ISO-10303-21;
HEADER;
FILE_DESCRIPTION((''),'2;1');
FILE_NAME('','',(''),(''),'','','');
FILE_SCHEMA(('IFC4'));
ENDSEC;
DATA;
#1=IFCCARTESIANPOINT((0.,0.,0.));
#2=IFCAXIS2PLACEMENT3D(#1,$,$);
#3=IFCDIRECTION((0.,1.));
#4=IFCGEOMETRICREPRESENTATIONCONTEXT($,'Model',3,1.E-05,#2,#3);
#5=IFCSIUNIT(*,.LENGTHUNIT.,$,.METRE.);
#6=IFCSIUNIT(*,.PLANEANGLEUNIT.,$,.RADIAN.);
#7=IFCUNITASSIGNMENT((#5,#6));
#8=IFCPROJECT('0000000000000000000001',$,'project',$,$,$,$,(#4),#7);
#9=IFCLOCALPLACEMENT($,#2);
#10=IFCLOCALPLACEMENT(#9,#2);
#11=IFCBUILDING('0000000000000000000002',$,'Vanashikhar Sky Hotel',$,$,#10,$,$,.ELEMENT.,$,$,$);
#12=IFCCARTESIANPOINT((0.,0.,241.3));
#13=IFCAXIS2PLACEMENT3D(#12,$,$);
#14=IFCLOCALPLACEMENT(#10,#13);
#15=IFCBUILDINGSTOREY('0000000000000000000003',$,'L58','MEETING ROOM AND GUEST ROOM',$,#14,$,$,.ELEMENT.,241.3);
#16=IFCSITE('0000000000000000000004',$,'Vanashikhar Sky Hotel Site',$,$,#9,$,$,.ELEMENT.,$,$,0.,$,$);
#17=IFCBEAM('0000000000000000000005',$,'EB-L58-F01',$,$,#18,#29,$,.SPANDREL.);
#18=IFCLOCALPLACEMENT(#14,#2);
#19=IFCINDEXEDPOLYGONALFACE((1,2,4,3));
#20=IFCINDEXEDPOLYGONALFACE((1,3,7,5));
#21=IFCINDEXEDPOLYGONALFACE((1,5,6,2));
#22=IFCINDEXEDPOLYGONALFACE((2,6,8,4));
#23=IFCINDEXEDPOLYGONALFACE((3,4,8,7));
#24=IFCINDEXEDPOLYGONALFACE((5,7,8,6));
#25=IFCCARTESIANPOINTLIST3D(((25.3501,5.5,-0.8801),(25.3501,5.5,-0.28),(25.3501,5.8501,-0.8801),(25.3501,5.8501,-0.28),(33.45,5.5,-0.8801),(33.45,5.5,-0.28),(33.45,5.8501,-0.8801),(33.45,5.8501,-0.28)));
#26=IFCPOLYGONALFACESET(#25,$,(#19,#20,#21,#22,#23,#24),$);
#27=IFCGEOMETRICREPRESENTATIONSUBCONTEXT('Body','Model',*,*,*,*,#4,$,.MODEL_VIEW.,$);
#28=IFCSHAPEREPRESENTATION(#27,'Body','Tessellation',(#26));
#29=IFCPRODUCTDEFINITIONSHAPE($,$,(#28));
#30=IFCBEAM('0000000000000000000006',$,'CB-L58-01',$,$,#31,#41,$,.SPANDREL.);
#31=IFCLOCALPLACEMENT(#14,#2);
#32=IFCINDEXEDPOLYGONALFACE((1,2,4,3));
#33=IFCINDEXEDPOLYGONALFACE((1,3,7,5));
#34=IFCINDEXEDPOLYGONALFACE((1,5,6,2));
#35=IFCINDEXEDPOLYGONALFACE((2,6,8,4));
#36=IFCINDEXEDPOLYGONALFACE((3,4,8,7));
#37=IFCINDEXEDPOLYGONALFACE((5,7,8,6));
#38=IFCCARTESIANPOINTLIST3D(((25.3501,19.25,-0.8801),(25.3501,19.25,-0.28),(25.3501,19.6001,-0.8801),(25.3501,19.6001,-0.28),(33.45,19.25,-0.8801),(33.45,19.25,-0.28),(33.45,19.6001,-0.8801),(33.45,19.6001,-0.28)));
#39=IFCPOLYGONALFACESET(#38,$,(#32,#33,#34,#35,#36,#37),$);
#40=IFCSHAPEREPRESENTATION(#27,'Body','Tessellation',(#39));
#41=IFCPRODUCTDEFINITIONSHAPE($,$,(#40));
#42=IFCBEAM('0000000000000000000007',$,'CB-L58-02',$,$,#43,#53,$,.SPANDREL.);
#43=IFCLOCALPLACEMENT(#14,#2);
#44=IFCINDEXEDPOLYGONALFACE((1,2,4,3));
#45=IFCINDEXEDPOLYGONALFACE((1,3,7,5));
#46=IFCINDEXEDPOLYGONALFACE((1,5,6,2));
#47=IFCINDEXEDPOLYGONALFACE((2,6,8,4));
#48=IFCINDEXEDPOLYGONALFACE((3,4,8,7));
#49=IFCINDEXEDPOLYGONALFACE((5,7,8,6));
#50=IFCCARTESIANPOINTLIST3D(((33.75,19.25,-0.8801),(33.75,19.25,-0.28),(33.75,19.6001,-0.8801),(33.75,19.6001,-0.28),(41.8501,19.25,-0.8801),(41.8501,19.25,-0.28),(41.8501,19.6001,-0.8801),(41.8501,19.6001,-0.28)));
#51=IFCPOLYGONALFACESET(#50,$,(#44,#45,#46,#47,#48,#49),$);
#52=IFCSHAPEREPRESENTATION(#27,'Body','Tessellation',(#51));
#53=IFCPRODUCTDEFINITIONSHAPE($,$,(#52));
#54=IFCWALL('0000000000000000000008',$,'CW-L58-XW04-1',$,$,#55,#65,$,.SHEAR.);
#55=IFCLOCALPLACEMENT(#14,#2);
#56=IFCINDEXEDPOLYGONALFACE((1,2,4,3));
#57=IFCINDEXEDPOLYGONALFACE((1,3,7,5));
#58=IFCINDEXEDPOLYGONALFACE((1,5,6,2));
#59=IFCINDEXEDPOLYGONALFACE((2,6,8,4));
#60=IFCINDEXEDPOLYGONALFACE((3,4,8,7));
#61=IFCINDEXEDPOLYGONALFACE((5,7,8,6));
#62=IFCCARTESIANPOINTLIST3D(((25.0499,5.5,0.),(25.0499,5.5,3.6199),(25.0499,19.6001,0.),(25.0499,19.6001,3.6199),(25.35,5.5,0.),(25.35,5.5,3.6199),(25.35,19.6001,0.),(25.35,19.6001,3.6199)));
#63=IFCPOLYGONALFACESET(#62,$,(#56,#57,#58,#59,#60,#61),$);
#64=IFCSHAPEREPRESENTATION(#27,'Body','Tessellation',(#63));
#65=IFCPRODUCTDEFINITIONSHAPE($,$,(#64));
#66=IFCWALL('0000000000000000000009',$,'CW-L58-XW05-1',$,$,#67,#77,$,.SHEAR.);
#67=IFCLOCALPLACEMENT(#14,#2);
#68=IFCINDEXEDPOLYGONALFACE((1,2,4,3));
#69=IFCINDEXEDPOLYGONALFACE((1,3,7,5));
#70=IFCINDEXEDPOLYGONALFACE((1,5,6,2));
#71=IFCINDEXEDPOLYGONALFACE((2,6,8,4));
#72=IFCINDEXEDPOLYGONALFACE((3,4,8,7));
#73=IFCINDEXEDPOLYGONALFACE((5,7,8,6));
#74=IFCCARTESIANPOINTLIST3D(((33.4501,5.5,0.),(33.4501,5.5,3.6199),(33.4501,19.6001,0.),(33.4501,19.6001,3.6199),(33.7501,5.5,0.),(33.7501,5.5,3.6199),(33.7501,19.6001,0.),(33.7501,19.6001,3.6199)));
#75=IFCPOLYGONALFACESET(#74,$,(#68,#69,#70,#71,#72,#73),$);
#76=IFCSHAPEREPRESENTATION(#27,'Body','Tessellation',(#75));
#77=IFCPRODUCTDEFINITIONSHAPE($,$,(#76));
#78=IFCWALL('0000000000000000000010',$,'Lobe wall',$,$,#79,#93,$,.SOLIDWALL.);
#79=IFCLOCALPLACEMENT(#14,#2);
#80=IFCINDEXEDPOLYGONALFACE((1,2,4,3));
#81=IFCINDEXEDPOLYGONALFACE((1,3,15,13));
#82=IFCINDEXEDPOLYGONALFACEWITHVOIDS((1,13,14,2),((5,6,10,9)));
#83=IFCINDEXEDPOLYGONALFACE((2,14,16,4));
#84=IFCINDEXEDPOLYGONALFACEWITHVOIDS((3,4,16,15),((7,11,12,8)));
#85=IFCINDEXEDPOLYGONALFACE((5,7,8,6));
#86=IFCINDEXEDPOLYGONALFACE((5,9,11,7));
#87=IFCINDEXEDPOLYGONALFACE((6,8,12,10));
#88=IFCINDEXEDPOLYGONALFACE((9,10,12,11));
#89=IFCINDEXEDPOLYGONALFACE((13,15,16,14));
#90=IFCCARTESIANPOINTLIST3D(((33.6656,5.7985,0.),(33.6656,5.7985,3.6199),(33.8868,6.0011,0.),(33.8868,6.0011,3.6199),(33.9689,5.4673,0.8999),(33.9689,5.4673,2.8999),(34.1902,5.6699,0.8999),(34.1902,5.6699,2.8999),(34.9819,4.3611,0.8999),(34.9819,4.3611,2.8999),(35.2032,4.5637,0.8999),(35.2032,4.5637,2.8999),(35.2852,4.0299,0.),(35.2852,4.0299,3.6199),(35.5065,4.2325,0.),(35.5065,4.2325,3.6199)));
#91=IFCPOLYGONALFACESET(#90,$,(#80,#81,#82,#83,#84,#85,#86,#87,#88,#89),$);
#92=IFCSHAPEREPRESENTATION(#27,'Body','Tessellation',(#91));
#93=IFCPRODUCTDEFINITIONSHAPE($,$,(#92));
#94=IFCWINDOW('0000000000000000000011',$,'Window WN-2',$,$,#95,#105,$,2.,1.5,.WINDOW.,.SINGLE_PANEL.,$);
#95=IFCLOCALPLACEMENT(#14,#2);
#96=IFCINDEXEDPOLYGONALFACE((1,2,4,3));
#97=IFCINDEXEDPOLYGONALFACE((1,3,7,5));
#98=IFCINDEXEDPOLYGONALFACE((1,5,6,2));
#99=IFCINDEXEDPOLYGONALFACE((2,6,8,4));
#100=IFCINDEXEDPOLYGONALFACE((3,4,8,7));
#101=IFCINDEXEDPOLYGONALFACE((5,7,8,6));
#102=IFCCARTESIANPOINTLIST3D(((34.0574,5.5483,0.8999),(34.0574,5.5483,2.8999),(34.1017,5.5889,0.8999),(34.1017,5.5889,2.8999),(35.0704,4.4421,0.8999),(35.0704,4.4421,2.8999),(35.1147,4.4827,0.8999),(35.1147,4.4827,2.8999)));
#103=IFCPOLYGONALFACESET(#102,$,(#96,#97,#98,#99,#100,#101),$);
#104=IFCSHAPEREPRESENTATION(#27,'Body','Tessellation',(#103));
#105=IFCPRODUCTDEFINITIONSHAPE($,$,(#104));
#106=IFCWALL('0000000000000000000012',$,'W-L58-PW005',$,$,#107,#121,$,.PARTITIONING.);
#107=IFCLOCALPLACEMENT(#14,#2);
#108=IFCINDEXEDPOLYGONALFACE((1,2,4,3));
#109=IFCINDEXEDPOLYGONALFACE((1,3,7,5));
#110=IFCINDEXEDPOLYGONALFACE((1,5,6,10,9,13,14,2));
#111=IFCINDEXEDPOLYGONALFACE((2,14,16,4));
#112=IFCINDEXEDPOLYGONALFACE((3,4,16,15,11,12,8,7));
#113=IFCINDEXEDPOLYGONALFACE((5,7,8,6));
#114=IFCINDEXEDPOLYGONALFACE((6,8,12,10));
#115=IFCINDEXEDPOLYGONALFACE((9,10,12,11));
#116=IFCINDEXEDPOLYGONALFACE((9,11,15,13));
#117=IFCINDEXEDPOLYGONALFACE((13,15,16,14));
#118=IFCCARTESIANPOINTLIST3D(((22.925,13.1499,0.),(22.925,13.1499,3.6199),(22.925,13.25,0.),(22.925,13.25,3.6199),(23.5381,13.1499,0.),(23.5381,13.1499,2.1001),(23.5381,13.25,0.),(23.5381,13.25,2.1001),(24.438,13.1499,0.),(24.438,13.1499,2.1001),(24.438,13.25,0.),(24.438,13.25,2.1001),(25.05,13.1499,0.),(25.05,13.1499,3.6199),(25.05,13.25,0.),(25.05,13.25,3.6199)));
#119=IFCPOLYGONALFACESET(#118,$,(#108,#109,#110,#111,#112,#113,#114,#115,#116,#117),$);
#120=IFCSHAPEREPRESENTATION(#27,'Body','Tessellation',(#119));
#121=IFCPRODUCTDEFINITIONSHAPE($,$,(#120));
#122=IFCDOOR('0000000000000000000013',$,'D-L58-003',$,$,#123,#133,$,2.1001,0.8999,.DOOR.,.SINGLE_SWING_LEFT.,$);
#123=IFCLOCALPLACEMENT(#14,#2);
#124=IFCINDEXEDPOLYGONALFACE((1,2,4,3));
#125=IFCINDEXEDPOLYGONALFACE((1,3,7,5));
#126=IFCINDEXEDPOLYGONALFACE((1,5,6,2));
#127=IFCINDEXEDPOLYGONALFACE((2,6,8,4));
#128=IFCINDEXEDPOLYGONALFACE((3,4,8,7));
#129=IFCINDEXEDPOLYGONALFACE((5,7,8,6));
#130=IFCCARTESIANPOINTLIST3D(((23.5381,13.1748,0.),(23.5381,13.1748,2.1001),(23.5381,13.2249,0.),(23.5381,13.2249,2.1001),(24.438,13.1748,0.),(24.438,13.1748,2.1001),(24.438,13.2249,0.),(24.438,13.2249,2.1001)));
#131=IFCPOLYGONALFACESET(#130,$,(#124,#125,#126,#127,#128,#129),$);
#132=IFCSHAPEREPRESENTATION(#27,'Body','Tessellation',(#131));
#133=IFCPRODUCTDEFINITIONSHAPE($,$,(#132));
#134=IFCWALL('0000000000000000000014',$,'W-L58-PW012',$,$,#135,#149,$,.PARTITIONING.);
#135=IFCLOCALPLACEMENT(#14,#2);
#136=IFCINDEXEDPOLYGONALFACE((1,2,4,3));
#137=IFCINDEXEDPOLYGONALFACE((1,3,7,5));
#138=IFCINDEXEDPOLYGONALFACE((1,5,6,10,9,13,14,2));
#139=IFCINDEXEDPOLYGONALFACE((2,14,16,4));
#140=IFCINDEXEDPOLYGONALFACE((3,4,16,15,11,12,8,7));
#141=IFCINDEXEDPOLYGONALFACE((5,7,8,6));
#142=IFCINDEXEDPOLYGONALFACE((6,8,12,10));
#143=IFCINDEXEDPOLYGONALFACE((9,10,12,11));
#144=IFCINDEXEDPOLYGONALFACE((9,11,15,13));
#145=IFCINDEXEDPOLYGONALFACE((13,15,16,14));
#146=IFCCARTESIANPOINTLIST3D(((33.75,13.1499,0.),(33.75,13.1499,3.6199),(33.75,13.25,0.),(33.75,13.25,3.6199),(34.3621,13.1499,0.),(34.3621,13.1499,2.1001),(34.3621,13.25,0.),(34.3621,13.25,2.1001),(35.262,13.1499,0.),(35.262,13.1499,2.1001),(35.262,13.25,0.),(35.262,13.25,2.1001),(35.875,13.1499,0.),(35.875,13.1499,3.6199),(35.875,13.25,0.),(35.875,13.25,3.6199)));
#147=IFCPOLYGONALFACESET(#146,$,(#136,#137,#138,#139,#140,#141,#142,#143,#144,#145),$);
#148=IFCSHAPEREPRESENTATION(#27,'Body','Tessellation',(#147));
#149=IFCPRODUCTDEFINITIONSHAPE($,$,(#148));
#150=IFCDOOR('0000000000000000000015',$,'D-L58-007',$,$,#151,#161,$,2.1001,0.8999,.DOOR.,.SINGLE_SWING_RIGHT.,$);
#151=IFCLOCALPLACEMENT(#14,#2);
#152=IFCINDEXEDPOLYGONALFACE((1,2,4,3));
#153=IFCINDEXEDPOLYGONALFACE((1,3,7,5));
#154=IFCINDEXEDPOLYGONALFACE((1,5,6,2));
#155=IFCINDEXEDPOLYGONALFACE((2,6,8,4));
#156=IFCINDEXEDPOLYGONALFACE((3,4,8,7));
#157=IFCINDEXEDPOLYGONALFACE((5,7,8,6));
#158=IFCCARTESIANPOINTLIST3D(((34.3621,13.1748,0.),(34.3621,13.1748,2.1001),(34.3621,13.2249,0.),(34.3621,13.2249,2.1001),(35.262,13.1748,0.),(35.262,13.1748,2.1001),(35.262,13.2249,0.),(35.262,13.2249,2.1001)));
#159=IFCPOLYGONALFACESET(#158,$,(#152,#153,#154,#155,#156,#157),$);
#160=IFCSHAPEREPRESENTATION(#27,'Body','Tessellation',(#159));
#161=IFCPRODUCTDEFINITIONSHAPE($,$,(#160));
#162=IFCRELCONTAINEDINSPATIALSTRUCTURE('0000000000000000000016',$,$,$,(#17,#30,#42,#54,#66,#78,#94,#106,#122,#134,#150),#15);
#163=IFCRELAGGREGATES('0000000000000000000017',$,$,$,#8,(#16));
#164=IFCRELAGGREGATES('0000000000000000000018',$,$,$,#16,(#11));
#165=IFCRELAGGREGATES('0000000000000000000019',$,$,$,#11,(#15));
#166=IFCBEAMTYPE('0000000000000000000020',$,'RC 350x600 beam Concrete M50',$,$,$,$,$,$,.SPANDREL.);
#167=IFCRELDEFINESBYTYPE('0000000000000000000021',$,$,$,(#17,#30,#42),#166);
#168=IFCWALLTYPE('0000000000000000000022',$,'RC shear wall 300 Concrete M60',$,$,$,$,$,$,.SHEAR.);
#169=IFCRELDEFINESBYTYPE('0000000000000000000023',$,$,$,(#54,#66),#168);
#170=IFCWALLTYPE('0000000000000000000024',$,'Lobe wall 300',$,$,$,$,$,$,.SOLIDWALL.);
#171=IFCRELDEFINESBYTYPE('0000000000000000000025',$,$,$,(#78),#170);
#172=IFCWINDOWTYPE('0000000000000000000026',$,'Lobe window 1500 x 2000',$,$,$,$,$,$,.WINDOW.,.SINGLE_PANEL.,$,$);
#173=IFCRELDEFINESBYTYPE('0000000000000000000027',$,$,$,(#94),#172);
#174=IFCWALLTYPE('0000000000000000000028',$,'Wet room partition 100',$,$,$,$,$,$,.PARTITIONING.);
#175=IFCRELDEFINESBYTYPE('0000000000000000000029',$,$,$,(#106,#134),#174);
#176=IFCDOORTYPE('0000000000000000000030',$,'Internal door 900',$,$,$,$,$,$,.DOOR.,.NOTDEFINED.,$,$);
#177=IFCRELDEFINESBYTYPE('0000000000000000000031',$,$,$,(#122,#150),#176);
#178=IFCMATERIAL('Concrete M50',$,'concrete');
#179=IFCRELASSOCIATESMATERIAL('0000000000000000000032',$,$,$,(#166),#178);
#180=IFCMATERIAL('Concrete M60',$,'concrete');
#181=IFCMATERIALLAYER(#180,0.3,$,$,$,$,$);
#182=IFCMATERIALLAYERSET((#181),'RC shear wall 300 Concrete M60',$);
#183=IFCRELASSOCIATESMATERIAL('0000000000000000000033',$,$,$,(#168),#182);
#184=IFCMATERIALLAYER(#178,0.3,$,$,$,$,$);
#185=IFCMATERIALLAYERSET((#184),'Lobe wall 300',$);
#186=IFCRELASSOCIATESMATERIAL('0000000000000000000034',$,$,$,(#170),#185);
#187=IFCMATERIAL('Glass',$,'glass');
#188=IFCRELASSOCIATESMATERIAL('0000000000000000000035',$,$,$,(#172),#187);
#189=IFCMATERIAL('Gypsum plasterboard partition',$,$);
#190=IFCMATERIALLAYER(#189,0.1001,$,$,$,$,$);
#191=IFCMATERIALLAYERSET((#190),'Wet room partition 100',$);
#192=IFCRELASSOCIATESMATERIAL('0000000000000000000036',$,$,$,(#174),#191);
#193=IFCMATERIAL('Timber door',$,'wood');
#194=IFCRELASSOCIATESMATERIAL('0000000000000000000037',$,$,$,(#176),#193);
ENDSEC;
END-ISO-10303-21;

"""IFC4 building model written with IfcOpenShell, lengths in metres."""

from ifc_helpers import new_model, si_unit, direction, frame, frame_2d, origin, origin_2d, place, context, subcontext, project, spatial, rectangle, extrude, source, transform, mapped, material, layer, layer_set, material_profile, profile_set, type_object, element, fill, save


model = new_model("IFC4")

# Units and contexts
model_context = context("Model", 3, precision=1e-05, world=origin(), true_north=direction((0.0, 1.0)))
body_context = subcontext(model_context, "Body", "Model", "MODEL_VIEW")
ifc_project = project(units=[si_unit("LENGTHUNIT", "METRE"), si_unit("PLANEANGLEUNIT", "RADIAN")], contexts=[model_context])

# Site, building, storey
site_placement = place(None, origin())
site = spatial("IfcSite", under=ifc_project, at=site_placement, Name="Vanashikhar Sky Hotel Site", CompositionType="ELEMENT", RefElevation=0.0)
building_placement = place(site_placement, origin())
building = spatial("IfcBuilding", under=site, at=building_placement, Name="Vanashikhar Sky Hotel", CompositionType="ELEMENT")
storey_placement = place(building_placement, frame((0.0, 0.0, 241.3)))
storey = spatial("IfcBuildingStorey", under=building, at=storey_placement, Name="L58", Description="MEETING ROOM AND GUEST ROOM", CompositionType="ELEMENT", Elevation=241.3)

# Beams
ifc_material_1 = material(Name="Concrete M50", Category="concrete")
ifc_material_profile_1 = material_profile(ifc_material_1, rectangle(XDim=0.3501, YDim=0.6001, at=origin_2d()))
ifc_profile_set_1 = profile_set([ifc_material_profile_1], Name="RC 350x600 beam Concrete M50")
beam_type = type_object("IfcBeamType", Name="RC 350x600 beam Concrete M50", PredefinedType="SPANDREL", material=ifc_profile_set_1)
shared_shape_1 = source(origin(), body_context, "Body", "SweptSolid", [
    extrude(rectangle(XDim=0.3501, YDim=0.6001, at=origin_2d()), origin(), (0.0, 0.0, 1.0), 8.0999),
])
for number, where, z_axis, x_axis, name in (
    (1, (25.3501, 5.675, -0.5801), (1.0, 0.0, 0.0), (0.0, 1.0, 0.0), "EB-L58-F01"),
    (2, (25.3501, 19.425, -0.5801), (1.0, 0.0, 0.0), (0.0, 1.0, 0.0), "CB-L58-01"),
):
    element("IfcBeam", number, at=place(storey_placement, frame(where, z_axis=z_axis, x_axis=x_axis)), inside=storey, type_object=beam_type, Name=name, PredefinedType="SPANDREL", context=body_context, shape_type="MappedRepresentation", body=[
        mapped(shared_shape_1, transform((0.0, 0.0, 0.0), scale=1.0)),
    ])
shared_shape_2 = source(origin(), body_context, "Body", "SweptSolid", [
    extrude(rectangle(XDim=0.3501, YDim=0.6001, at=origin_2d()), origin(), (0.0, 0.0, 1.0), 8.1001),
])
beam_placement = place(storey_placement, frame((33.75, 19.425, -0.5801), z_axis=(1.0, 0.0, 0.0), x_axis=(0.0, 1.0, 0.0)))
element("IfcBeam", 3, at=beam_placement, inside=storey, type_object=beam_type, Name="CB-L58-02", PredefinedType="SPANDREL", context=body_context, shape_type="MappedRepresentation", body=[
    mapped(shared_shape_2, transform((0.0, 0.0, 0.0), scale=1.0)),
])

# Walls
ifc_material_2 = material(Name="Concrete M60", Category="concrete")
ifc_layer_1 = layer(ifc_material_2, 0.3)
ifc_layer_set_1 = layer_set([ifc_layer_1], Name="RC shear wall 300 Concrete M60")
wall_type_1 = type_object("IfcWallType", Name="RC shear wall 300 Concrete M60", PredefinedType="SHEAR", material=ifc_layer_set_1)
shared_shape_3 = source(origin(), body_context, "Body", "SweptSolid", [
    extrude(rectangle(XDim=14.1001, YDim=0.3, at=frame_2d((7.05, 0.0))), origin(), (0.0, 0.0, 1.0), 3.6199),
])
for number, where, z_axis, x_axis, name in (
    (4, (25.2, 5.5, 0.0), (0.0, 0.0, 1.0), (0.0, 1.0, 0.0), "CW-L58-XW04-1"),
    (5, (33.6001, 5.5, 0.0), (0.0, 0.0, 1.0), (0.0, 1.0, 0.0), "CW-L58-XW05-1"),
):
    element("IfcWall", number, at=place(storey_placement, frame(where, z_axis=z_axis, x_axis=x_axis)), inside=storey, type_object=wall_type_1, Name=name, PredefinedType="SHEAR", context=body_context, shape_type="MappedRepresentation", body=[
        mapped(shared_shape_3, transform((0.0, 0.0, 0.0), scale=1.0)),
    ])

# Shared definitions
ifc_material_3 = material(Name="Glass", Category="glass")

# Wall, opening, window
ifc_layer_2 = layer(ifc_material_1, 0.3)
ifc_layer_set_2 = layer_set([ifc_layer_2], Name="Lobe wall 300")
wall_type_2 = type_object("IfcWallType", Name="Lobe wall 300", PredefinedType="SOLIDWALL", material=ifc_layer_set_2)
shared_shape_4 = source(origin(), body_context, "Body", "SweptSolid", [
    extrude(rectangle(XDim=2.3982, YDim=0.3, at=frame_2d((1.1992, 0.0))), origin(), (0.0, 0.0, 1.0), 3.6199),
])
wall_1_placement = place(storey_placement, frame((33.7761, 5.8999, 0.0), z_axis=(0.0, 0.0, 1.0), x_axis=(0.675374, -0.737475, 0.0)))
wall_1 = element("IfcWall", 6, at=wall_1_placement, inside=storey, type_object=wall_type_2, Name="Lobe wall", PredefinedType="SOLIDWALL", context=body_context, shape_type="MappedRepresentation", body=[
    mapped(shared_shape_4, transform((0.0, 0.0, 0.0), scale=1.0)),
])
shared_shape_5 = source(origin(), body_context, "Body", "SweptSolid", [
    extrude(rectangle(XDim=1.5, YDim=2.0, at=frame_2d((0.75, 1.0))), frame((0.0, 0.1602, 0.0), z_axis=(0.0, -1.0, 0.0), x_axis=(1.0, 0.0, 0.0)), (0.0, 0.0, 1.0), 0.3201),
])
opening_1_placement = place(wall_1_placement, frame((0.4492, 0.0, 0.8999)))
opening_1 = element("IfcOpeningElement", 7, at=opening_1_placement, cuts=wall_1, PredefinedType="OPENING", context=body_context, shape_type="MappedRepresentation", body=[
    mapped(shared_shape_5, transform((0.0, 0.0, 0.0), scale=1.0)),
])
window_type_1 = type_object("IfcWindowType", Name="Lobe window 1500 x 2000", PartitioningType="SINGLE_PANEL", PredefinedType="WINDOW", material=ifc_material_3)
shared_shape_6 = source(origin(), body_context, "Body", "SweptSolid", [
    extrude(rectangle(XDim=1.5, YDim=2.0, at=frame_2d((0.75, 1.0))), frame((0.0, 0.03, 0.0), z_axis=(0.0, -1.0, 0.0), x_axis=(1.0, 0.0, 0.0)), (0.0, 0.0, 1.0), 0.0601),
])
window_1_placement = place(opening_1_placement, origin())
window_1 = element("IfcWindow", 8, at=window_1_placement, inside=storey, type_object=window_type_1, Name="Window WN-2", OverallHeight=2.0, OverallWidth=1.5, PartitioningType="SINGLE_PANEL", PredefinedType="WINDOW", context=body_context, shape_type="MappedRepresentation", body=[
    mapped(shared_shape_6, transform((0.0, 0.0, 0.0), scale=1.0)),
])
fill(opening_1, window_1)

# Walls, openings, doors
ifc_material_4 = material(Name="Gypsum plasterboard partition")
ifc_layer_3 = layer(ifc_material_4, 0.1001)
ifc_layer_set_3 = layer_set([ifc_layer_3], Name="Wet room partition 100")
wall_type_3 = type_object("IfcWallType", Name="Wet room partition 100", PredefinedType="PARTITIONING", material=ifc_layer_set_3)
shared_shape_7 = source(origin(), body_context, "Body", "SweptSolid", [
    extrude(rectangle(XDim=2.125, YDim=0.1001, at=frame_2d((1.0625, 0.0))), origin(), (0.0, 0.0, 1.0), 3.6199),
])
wall_2_placement = place(storey_placement, frame((22.925, 13.2, 0.0), z_axis=(0.0, 0.0, 1.0), x_axis=(1.0, 0.0, 0.0)))
wall_2 = element("IfcWall", 9, at=wall_2_placement, inside=storey, type_object=wall_type_3, Name="W-L58-PW005", PredefinedType="PARTITIONING", context=body_context, shape_type="MappedRepresentation", body=[
    mapped(shared_shape_7, transform((0.0, 0.0, 0.0), scale=1.0)),
])
shared_shape_8 = source(origin(), body_context, "Body", "SweptSolid", [
    extrude(rectangle(XDim=0.8999, YDim=2.1001, at=frame_2d((0.45, 1.05))), frame((0.0, 0.0601, 0.0), z_axis=(0.0, -1.0, 0.0), x_axis=(1.0, 0.0, 0.0)), (0.0, 0.0, 1.0), 0.1201),
])
opening_2_placement = place(wall_2_placement, frame((0.613, 0.0, 0.0)))
opening_2 = element("IfcOpeningElement", 10, at=opening_2_placement, cuts=wall_2, PredefinedType="OPENING", context=body_context, shape_type="MappedRepresentation", body=[
    mapped(shared_shape_8, transform((0.0, 0.0, 0.0), scale=1.0)),
])
ifc_material_5 = material(Name="Timber door", Category="wood")
door_type_1 = type_object("IfcDoorType", Name="Internal door 900", OperationType="NOTDEFINED", PredefinedType="DOOR", material=ifc_material_5)
shared_shape_9 = source(origin(), body_context, "Body", "SweptSolid", [
    extrude(rectangle(XDim=0.8999, YDim=2.1001, at=frame_2d((0.45, 1.05))), frame((0.0, 0.0249, 0.0), z_axis=(0.0, -1.0, 0.0), x_axis=(1.0, 0.0, 0.0)), (0.0, 0.0, 1.0), 0.05),
])
door_1_placement = place(opening_2_placement, origin())
door_1 = element("IfcDoor", 11, at=door_1_placement, inside=storey, type_object=door_type_1, Name="D-L58-003", OperationType="SINGLE_SWING_LEFT", OverallHeight=2.1001, OverallWidth=0.8999, PredefinedType="DOOR", context=body_context, shape_type="MappedRepresentation", body=[
    mapped(shared_shape_9, transform((0.0, 0.0, 0.0), scale=1.0)),
])
fill(opening_2, door_1)
wall_3_placement = place(storey_placement, frame((33.75, 13.2, 0.0), z_axis=(0.0, 0.0, 1.0), x_axis=(1.0, 0.0, 0.0)))
wall_3 = element("IfcWall", 12, at=wall_3_placement, inside=storey, type_object=wall_type_3, Name="W-L58-PW012", PredefinedType="PARTITIONING", context=body_context, shape_type="MappedRepresentation", body=[
    mapped(shared_shape_7, transform((0.0, 0.0, 0.0), scale=1.0)),
])
opening_3_placement = place(wall_3_placement, frame((0.6121, 0.0, 0.0)))
opening_3 = element("IfcOpeningElement", 13, at=opening_3_placement, cuts=wall_3, PredefinedType="OPENING", context=body_context, shape_type="MappedRepresentation", body=[
    mapped(shared_shape_8, transform((0.0, 0.0, 0.0), scale=1.0)),
])
door_2_placement = place(opening_3_placement, origin())
door_2 = element("IfcDoor", 14, at=door_2_placement, inside=storey, type_object=door_type_1, Name="D-L58-007", OperationType="SINGLE_SWING_RIGHT", OverallHeight=2.1001, OverallWidth=0.8999, PredefinedType="DOOR", context=body_context, shape_type="MappedRepresentation", body=[
    mapped(shared_shape_9, transform((0.0, 0.0, 0.0), scale=1.0)),
])
fill(opening_3, door_2)

save(model, "model.ifc")
